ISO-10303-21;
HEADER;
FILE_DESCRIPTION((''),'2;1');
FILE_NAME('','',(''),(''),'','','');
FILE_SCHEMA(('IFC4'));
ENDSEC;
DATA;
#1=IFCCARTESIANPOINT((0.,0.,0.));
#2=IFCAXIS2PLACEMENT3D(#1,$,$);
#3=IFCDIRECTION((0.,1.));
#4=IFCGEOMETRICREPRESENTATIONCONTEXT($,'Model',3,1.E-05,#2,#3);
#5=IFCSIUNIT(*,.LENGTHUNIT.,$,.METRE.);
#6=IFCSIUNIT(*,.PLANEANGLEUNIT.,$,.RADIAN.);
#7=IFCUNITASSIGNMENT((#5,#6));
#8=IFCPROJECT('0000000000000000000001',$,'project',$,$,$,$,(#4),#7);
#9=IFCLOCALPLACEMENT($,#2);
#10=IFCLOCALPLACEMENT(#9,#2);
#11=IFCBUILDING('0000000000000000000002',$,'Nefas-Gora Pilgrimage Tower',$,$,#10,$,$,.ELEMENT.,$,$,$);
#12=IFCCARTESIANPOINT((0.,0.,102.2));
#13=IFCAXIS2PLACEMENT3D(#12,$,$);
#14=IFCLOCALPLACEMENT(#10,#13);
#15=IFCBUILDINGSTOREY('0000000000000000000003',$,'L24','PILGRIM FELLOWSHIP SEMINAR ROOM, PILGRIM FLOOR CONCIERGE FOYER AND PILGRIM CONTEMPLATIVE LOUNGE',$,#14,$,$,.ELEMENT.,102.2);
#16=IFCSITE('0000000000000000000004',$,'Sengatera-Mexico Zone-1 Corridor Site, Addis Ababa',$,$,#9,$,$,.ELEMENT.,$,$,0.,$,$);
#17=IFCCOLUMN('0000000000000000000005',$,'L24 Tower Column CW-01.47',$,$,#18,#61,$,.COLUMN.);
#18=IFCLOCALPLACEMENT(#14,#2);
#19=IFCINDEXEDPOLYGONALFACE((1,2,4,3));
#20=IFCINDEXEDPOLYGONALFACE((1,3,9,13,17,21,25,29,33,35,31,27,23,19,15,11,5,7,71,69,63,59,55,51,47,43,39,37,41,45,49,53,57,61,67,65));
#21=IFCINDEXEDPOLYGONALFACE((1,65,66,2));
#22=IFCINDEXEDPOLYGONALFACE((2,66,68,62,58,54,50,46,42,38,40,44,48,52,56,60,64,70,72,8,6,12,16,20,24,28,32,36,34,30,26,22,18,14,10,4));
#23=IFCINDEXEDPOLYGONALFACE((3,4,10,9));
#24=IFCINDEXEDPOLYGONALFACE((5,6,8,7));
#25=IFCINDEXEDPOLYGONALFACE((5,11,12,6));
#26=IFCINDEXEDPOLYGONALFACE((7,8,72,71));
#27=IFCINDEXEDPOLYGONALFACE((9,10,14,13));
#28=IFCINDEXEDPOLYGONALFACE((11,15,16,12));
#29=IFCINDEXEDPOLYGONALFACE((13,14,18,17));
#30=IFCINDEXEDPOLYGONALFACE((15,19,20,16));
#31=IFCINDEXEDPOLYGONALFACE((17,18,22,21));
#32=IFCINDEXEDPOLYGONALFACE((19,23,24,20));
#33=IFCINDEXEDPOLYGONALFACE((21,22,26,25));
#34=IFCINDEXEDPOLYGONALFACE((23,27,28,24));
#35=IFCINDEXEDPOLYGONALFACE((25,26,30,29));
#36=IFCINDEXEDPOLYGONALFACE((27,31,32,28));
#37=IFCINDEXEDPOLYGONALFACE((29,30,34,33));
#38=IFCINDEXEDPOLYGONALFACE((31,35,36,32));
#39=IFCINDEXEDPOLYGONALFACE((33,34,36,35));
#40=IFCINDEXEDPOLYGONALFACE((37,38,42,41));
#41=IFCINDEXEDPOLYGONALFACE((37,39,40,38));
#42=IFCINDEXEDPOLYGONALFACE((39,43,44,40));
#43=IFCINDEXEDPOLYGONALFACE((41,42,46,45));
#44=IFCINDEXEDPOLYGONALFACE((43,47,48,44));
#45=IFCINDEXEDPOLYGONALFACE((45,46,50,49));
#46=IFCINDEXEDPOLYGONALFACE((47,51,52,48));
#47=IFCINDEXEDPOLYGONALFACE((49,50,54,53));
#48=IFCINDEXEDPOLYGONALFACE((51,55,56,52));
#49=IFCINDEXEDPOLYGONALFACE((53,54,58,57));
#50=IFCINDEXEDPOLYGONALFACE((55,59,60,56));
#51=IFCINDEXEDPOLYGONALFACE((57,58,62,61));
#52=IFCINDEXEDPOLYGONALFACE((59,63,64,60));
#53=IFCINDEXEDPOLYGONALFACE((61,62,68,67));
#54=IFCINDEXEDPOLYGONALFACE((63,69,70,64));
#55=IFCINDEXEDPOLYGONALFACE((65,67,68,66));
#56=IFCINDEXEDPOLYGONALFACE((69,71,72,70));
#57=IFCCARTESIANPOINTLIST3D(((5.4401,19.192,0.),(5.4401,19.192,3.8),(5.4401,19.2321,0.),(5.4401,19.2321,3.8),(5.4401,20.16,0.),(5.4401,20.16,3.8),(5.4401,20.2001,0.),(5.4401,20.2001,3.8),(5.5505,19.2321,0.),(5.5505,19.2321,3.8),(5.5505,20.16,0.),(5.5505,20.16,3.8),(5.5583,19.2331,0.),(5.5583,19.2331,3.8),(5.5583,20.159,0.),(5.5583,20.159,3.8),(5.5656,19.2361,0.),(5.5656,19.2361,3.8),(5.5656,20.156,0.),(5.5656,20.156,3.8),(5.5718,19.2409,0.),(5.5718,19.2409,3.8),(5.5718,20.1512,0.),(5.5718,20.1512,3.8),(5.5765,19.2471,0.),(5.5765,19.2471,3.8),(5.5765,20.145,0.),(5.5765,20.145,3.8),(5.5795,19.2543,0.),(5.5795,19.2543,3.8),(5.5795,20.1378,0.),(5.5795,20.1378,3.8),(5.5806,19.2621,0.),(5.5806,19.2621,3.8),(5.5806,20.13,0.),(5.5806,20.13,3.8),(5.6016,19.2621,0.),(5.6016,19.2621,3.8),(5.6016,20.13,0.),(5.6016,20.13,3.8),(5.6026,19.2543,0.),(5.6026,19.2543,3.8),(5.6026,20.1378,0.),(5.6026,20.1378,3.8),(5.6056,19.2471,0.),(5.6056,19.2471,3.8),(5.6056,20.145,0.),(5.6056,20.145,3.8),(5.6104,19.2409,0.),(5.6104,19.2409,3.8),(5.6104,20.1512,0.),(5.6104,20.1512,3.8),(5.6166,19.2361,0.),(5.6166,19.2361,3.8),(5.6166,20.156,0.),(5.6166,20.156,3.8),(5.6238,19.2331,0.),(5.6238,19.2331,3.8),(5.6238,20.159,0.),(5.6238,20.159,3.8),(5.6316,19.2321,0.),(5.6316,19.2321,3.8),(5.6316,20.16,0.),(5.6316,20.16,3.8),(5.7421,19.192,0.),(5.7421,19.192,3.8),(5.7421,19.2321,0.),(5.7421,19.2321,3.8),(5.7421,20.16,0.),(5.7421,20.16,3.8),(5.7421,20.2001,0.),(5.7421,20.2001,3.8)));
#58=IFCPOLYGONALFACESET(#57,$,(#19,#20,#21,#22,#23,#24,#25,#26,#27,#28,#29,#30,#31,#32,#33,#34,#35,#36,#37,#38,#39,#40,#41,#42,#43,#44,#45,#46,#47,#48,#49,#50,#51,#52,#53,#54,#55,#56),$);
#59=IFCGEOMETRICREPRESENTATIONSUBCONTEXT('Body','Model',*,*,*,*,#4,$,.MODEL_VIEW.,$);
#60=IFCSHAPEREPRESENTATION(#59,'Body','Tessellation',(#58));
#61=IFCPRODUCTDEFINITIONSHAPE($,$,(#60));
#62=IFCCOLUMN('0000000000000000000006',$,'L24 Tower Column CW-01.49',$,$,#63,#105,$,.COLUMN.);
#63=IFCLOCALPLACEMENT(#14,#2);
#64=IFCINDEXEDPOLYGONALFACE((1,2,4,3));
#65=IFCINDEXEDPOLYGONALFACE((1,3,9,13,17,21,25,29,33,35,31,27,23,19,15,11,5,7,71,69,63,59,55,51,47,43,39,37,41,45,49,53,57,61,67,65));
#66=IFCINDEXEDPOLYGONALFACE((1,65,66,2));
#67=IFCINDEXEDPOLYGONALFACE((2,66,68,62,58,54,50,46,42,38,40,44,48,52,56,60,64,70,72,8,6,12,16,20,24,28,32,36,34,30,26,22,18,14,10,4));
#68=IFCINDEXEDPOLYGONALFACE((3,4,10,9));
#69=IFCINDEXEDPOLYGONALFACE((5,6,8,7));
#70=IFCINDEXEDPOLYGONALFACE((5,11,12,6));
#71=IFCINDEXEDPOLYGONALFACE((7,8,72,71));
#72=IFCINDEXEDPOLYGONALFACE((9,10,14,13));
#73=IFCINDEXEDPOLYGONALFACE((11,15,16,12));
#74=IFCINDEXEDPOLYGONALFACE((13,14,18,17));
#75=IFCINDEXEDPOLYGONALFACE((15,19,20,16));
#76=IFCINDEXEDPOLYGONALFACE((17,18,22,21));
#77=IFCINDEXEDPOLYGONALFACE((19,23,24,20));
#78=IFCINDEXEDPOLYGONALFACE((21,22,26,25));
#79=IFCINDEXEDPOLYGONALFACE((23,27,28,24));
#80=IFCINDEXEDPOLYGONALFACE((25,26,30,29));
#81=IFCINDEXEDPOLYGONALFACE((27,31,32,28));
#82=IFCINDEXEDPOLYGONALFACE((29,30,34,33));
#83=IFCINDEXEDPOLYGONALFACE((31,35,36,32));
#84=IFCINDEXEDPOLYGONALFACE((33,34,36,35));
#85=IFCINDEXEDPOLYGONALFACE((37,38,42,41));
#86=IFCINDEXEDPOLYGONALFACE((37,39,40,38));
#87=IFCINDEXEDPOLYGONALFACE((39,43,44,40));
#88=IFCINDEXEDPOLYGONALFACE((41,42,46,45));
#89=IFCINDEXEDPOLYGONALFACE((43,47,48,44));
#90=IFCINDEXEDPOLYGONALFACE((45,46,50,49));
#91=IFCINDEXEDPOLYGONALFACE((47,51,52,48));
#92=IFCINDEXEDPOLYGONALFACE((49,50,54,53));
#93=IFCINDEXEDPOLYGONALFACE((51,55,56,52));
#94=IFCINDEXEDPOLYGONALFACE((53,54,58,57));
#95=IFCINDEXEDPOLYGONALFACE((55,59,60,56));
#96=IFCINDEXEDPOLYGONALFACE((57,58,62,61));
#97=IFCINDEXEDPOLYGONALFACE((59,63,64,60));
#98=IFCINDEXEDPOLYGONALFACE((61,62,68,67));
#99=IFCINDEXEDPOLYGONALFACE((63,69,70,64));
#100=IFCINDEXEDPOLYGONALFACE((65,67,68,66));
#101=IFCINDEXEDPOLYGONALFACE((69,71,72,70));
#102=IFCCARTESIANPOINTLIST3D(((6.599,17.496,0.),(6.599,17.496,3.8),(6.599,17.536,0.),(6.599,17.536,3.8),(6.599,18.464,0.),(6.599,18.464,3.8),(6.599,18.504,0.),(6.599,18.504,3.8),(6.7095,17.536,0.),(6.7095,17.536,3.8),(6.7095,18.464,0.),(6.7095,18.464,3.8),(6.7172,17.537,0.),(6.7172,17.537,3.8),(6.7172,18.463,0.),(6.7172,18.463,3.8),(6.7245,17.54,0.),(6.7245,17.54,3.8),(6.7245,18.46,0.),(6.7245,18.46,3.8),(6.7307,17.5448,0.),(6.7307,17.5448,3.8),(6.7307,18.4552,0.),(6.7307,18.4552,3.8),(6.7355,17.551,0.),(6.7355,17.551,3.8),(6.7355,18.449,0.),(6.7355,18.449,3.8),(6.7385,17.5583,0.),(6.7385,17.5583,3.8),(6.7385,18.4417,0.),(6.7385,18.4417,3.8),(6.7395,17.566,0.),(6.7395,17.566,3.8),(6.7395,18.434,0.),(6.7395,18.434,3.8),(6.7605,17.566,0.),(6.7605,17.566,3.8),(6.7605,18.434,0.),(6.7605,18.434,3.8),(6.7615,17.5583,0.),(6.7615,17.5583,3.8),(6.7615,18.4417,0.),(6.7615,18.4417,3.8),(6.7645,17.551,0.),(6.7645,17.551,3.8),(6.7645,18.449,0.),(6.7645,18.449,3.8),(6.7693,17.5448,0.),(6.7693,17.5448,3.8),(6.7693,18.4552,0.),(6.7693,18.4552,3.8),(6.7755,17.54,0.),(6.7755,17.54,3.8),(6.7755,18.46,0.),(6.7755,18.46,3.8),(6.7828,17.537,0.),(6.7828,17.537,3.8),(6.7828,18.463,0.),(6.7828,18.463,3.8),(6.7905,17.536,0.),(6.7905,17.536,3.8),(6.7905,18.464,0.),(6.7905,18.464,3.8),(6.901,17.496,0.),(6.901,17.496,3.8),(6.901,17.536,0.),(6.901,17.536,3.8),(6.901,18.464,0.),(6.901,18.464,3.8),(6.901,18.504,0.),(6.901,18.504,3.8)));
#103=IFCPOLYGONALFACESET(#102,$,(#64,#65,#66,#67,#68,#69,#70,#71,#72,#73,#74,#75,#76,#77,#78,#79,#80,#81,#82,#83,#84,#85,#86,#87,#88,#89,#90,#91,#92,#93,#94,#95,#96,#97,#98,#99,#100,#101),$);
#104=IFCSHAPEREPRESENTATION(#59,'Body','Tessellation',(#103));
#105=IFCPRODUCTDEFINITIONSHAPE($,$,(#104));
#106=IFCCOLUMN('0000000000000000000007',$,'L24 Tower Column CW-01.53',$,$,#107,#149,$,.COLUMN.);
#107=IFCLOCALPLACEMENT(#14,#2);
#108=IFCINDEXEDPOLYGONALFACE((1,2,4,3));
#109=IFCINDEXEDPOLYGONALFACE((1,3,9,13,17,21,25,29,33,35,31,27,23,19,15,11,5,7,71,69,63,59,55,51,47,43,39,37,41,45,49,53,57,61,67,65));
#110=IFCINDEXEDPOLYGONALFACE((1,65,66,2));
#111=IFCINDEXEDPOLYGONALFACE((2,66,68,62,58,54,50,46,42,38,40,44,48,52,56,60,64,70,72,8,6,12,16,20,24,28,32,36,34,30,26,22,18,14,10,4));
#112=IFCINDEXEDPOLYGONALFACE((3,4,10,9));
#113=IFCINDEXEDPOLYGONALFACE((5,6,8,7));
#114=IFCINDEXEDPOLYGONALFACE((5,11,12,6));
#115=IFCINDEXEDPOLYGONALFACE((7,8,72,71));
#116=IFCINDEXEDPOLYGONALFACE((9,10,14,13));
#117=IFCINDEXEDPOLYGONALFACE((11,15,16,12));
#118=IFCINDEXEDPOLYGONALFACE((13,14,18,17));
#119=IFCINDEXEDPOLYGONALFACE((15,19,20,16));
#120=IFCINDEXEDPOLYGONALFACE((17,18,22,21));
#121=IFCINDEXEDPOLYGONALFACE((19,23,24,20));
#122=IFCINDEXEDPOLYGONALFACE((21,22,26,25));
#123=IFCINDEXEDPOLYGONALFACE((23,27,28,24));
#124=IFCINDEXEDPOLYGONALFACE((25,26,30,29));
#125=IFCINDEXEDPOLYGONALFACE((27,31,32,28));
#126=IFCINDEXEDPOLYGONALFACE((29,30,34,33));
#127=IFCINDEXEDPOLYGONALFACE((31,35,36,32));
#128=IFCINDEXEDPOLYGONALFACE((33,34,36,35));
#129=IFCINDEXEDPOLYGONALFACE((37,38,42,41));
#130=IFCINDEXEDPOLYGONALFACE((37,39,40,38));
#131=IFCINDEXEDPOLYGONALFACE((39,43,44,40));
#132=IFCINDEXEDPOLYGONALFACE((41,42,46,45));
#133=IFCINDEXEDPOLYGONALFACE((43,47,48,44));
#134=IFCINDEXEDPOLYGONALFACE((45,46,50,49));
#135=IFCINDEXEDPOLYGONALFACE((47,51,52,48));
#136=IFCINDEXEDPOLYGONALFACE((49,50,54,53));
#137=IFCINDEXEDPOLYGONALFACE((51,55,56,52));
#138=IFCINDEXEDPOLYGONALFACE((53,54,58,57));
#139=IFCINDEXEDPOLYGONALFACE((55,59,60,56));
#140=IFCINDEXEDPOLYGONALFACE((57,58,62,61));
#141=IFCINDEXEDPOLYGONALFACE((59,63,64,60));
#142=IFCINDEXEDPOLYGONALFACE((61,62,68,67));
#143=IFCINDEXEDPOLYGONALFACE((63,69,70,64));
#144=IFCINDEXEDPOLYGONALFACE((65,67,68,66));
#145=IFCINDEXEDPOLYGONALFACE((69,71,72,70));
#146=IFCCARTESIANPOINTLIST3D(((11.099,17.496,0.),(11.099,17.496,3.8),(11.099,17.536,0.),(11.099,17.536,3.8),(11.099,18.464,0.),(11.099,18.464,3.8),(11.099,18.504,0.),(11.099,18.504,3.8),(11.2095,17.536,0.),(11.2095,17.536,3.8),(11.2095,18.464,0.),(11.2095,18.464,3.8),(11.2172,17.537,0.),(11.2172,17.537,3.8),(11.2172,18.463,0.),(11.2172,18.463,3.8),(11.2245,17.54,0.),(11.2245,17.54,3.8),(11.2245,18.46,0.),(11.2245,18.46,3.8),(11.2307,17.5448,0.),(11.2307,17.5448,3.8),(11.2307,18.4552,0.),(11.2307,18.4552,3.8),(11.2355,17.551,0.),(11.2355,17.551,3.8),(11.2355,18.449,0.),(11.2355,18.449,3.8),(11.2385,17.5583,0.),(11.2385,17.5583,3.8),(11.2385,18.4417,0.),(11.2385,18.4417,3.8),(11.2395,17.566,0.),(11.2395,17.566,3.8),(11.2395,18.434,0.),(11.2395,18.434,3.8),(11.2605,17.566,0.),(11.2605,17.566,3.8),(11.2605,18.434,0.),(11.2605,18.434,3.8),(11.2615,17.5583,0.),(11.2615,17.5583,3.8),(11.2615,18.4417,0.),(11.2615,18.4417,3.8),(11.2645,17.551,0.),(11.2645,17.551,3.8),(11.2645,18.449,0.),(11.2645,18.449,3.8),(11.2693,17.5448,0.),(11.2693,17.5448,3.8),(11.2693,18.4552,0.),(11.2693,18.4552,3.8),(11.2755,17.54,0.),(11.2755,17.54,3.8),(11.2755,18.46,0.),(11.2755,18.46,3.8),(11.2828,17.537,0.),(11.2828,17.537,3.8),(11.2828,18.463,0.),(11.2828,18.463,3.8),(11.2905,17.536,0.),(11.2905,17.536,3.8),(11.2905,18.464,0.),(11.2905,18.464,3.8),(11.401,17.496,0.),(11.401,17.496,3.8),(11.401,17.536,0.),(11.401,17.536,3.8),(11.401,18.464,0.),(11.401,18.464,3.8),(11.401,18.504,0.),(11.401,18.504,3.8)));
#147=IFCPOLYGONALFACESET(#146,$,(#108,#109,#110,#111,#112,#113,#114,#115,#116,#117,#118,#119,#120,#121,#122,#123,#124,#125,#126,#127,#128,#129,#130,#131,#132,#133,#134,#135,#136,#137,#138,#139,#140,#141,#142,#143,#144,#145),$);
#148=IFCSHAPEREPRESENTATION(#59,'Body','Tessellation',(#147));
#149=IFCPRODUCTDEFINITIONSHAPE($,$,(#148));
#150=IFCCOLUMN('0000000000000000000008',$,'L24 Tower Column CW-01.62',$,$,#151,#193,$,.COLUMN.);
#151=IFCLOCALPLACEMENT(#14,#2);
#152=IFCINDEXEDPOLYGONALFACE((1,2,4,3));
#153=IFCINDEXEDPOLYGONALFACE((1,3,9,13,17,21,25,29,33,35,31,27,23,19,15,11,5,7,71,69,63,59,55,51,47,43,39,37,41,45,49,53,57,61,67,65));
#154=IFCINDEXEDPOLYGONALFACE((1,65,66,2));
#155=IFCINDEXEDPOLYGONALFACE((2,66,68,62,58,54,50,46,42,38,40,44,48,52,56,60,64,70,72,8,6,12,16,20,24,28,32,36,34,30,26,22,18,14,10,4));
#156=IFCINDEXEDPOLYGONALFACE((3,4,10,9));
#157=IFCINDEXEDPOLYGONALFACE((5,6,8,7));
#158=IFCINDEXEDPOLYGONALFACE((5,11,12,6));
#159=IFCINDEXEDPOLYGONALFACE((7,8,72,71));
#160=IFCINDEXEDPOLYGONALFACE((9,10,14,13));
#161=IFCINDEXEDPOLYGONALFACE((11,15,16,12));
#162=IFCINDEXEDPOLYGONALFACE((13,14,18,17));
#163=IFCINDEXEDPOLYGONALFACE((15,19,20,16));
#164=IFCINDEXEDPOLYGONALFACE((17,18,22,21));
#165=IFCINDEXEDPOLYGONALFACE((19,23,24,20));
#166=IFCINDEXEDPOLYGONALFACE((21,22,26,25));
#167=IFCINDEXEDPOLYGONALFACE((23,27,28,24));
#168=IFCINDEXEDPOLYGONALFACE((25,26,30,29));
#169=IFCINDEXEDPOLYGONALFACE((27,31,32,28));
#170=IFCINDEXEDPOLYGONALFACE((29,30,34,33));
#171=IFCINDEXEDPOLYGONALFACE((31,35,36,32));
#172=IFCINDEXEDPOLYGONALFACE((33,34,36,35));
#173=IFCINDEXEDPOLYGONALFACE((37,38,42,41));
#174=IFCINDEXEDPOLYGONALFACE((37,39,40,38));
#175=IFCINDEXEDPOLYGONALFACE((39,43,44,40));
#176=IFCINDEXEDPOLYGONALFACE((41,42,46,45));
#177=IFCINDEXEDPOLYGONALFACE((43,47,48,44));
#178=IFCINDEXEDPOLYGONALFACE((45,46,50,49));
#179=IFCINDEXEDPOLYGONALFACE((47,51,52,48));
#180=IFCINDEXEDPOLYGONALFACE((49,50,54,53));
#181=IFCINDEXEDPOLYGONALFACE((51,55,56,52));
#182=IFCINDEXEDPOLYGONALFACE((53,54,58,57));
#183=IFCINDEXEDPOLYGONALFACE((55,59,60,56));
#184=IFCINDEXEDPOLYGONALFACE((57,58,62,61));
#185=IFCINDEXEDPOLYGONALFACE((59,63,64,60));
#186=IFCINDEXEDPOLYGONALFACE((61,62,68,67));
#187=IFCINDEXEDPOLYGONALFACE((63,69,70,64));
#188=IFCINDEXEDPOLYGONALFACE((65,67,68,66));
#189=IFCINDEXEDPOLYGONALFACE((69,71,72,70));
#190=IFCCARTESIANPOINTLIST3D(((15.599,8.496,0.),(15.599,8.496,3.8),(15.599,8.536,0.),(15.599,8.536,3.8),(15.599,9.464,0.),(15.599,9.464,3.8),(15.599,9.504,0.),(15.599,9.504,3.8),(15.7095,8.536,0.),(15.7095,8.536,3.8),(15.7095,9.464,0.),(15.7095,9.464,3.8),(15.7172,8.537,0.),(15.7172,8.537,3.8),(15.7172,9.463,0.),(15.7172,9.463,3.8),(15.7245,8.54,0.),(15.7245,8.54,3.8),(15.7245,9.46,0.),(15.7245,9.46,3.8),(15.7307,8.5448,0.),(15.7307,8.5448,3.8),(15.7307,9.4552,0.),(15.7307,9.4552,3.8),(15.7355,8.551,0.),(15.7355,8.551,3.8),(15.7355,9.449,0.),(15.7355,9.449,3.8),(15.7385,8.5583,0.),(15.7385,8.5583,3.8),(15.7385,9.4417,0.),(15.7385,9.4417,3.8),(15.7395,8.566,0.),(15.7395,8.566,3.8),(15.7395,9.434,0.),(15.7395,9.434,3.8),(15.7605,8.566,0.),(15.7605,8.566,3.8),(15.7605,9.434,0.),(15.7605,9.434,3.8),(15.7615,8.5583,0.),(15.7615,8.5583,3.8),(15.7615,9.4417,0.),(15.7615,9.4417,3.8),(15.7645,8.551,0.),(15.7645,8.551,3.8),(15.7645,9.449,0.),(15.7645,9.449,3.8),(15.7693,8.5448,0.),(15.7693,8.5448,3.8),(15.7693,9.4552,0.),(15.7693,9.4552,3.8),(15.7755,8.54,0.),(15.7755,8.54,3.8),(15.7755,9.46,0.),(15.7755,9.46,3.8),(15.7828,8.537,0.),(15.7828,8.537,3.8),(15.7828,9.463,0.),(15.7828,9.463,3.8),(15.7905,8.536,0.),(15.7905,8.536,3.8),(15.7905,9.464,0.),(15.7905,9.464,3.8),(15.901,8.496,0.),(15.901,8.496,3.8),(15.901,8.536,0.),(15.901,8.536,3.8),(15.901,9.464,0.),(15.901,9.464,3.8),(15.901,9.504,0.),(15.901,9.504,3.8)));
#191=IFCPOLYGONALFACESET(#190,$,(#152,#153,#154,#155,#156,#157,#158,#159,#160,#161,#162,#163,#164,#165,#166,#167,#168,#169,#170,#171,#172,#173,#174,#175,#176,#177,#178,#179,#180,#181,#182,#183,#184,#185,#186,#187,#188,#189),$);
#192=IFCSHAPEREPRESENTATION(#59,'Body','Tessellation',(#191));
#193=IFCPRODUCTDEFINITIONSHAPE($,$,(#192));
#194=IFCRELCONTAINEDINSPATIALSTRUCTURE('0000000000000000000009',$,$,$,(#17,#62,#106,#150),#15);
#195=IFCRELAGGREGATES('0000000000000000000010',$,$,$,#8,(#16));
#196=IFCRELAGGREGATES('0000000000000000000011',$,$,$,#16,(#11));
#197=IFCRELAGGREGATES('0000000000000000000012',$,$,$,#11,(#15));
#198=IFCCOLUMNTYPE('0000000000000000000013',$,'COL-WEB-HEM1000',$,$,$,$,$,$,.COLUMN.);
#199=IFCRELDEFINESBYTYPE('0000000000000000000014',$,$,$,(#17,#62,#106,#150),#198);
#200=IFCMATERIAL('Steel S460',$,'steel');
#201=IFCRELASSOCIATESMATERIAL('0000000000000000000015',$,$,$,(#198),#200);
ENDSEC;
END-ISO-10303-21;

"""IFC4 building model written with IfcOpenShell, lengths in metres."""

from ifc_helpers import new_model, si_unit, direction, frame, origin, origin_2d, place, context, subcontext, project, spatial, i_section, extrude, source, transform, mapped, material, material_profile, profile_set, type_object, element, save


model = new_model("IFC4")

# Units and contexts
model_context = context("Model", 3, precision=1e-05, world=origin(), true_north=direction((0.0, 1.0)))
body_context = subcontext(model_context, "Body", "Model", "MODEL_VIEW")
ifc_project = project(units=[si_unit("LENGTHUNIT", "METRE"), si_unit("PLANEANGLEUNIT", "RADIAN")], contexts=[model_context])

# Site, building, storey
site_placement = place(None, origin())
site = spatial("IfcSite", under=ifc_project, at=site_placement, Name="Sengatera-Mexico Zone-1 Corridor Site, Addis Ababa", CompositionType="ELEMENT", RefElevation=0.0)
building_placement = place(site_placement, origin())
building = spatial("IfcBuilding", under=site, at=building_placement, Name="Nefas-Gora Pilgrimage Tower", CompositionType="ELEMENT")
storey_placement = place(building_placement, frame((0.0, 0.0, 102.2)))
storey = spatial("IfcBuildingStorey", under=building, at=storey_placement, Name="L24", Description="PILGRIM FELLOWSHIP SEMINAR ROOM, PILGRIM FLOOR CONCIERGE FOYER AND PILGRIM CONTEMPLATIVE LOUNGE", CompositionType="ELEMENT", Elevation=102.2)

# Columns
ifc_material_1 = material(Name="Steel S460", Category="steel")
ifc_material_profile_1 = material_profile(ifc_material_1, i_section(OverallWidth=0.302, OverallDepth=1.0081, WebThickness=0.021, FlangeThickness=0.04, FilletRadius=0.03, at=origin_2d()), Name="HEM 1000")
ifc_profile_set_1 = profile_set([ifc_material_profile_1], Name="Steel S460")
column_type_1 = type_object("IfcColumnType", Name="COL-WEB-HEM1000", PredefinedType="COLUMN", material=ifc_profile_set_1)
shared_shape_1 = source(origin(), body_context, "Body", "SweptSolid", [
    extrude(i_section(OverallWidth=0.302, OverallDepth=1.0081, WebThickness=0.021, FlangeThickness=0.04, FilletRadius=0.03, at=origin_2d()), origin(), (0.0, 0.0, 1.0), 3.8),
])
for number, where, z_axis, x_axis, name in (
    (1, (5.5911, 19.696, 0.0), (0.0, 0.0, 1.0), (1.0, 0.0, 0.0), "L24 Tower Column CW-01.47"),
    (2, (6.75, 18.0, 0.0), (0.0, 0.0, 1.0), (1.0, 0.0, 0.0), "L24 Tower Column CW-01.49"),
    (3, (11.25, 18.0, 0.0), (0.0, 0.0, 1.0), (1.0, 0.0, 0.0), "L24 Tower Column CW-01.53"),
    (4, (15.75, 9.0, 0.0), (0.0, 0.0, 1.0), (1.0, 0.0, 0.0), "L24 Tower Column CW-01.62"),
):
    element("IfcColumn", number, at=place(storey_placement, frame(where, z_axis=z_axis, x_axis=x_axis)), inside=storey, type_object=column_type_1, Name=name, PredefinedType="COLUMN", context=body_context, shape_type="MappedRepresentation", body=[
        mapped(shared_shape_1, transform((0.0, 0.0, 0.0), x_axis=(1.0, 0.0, 0.0), y_axis=(0.0, 1.0, 0.0), z_axis=(0.0, 0.0, 1.0), scale=1.0)),
    ])

save(model, "model.ifc")
